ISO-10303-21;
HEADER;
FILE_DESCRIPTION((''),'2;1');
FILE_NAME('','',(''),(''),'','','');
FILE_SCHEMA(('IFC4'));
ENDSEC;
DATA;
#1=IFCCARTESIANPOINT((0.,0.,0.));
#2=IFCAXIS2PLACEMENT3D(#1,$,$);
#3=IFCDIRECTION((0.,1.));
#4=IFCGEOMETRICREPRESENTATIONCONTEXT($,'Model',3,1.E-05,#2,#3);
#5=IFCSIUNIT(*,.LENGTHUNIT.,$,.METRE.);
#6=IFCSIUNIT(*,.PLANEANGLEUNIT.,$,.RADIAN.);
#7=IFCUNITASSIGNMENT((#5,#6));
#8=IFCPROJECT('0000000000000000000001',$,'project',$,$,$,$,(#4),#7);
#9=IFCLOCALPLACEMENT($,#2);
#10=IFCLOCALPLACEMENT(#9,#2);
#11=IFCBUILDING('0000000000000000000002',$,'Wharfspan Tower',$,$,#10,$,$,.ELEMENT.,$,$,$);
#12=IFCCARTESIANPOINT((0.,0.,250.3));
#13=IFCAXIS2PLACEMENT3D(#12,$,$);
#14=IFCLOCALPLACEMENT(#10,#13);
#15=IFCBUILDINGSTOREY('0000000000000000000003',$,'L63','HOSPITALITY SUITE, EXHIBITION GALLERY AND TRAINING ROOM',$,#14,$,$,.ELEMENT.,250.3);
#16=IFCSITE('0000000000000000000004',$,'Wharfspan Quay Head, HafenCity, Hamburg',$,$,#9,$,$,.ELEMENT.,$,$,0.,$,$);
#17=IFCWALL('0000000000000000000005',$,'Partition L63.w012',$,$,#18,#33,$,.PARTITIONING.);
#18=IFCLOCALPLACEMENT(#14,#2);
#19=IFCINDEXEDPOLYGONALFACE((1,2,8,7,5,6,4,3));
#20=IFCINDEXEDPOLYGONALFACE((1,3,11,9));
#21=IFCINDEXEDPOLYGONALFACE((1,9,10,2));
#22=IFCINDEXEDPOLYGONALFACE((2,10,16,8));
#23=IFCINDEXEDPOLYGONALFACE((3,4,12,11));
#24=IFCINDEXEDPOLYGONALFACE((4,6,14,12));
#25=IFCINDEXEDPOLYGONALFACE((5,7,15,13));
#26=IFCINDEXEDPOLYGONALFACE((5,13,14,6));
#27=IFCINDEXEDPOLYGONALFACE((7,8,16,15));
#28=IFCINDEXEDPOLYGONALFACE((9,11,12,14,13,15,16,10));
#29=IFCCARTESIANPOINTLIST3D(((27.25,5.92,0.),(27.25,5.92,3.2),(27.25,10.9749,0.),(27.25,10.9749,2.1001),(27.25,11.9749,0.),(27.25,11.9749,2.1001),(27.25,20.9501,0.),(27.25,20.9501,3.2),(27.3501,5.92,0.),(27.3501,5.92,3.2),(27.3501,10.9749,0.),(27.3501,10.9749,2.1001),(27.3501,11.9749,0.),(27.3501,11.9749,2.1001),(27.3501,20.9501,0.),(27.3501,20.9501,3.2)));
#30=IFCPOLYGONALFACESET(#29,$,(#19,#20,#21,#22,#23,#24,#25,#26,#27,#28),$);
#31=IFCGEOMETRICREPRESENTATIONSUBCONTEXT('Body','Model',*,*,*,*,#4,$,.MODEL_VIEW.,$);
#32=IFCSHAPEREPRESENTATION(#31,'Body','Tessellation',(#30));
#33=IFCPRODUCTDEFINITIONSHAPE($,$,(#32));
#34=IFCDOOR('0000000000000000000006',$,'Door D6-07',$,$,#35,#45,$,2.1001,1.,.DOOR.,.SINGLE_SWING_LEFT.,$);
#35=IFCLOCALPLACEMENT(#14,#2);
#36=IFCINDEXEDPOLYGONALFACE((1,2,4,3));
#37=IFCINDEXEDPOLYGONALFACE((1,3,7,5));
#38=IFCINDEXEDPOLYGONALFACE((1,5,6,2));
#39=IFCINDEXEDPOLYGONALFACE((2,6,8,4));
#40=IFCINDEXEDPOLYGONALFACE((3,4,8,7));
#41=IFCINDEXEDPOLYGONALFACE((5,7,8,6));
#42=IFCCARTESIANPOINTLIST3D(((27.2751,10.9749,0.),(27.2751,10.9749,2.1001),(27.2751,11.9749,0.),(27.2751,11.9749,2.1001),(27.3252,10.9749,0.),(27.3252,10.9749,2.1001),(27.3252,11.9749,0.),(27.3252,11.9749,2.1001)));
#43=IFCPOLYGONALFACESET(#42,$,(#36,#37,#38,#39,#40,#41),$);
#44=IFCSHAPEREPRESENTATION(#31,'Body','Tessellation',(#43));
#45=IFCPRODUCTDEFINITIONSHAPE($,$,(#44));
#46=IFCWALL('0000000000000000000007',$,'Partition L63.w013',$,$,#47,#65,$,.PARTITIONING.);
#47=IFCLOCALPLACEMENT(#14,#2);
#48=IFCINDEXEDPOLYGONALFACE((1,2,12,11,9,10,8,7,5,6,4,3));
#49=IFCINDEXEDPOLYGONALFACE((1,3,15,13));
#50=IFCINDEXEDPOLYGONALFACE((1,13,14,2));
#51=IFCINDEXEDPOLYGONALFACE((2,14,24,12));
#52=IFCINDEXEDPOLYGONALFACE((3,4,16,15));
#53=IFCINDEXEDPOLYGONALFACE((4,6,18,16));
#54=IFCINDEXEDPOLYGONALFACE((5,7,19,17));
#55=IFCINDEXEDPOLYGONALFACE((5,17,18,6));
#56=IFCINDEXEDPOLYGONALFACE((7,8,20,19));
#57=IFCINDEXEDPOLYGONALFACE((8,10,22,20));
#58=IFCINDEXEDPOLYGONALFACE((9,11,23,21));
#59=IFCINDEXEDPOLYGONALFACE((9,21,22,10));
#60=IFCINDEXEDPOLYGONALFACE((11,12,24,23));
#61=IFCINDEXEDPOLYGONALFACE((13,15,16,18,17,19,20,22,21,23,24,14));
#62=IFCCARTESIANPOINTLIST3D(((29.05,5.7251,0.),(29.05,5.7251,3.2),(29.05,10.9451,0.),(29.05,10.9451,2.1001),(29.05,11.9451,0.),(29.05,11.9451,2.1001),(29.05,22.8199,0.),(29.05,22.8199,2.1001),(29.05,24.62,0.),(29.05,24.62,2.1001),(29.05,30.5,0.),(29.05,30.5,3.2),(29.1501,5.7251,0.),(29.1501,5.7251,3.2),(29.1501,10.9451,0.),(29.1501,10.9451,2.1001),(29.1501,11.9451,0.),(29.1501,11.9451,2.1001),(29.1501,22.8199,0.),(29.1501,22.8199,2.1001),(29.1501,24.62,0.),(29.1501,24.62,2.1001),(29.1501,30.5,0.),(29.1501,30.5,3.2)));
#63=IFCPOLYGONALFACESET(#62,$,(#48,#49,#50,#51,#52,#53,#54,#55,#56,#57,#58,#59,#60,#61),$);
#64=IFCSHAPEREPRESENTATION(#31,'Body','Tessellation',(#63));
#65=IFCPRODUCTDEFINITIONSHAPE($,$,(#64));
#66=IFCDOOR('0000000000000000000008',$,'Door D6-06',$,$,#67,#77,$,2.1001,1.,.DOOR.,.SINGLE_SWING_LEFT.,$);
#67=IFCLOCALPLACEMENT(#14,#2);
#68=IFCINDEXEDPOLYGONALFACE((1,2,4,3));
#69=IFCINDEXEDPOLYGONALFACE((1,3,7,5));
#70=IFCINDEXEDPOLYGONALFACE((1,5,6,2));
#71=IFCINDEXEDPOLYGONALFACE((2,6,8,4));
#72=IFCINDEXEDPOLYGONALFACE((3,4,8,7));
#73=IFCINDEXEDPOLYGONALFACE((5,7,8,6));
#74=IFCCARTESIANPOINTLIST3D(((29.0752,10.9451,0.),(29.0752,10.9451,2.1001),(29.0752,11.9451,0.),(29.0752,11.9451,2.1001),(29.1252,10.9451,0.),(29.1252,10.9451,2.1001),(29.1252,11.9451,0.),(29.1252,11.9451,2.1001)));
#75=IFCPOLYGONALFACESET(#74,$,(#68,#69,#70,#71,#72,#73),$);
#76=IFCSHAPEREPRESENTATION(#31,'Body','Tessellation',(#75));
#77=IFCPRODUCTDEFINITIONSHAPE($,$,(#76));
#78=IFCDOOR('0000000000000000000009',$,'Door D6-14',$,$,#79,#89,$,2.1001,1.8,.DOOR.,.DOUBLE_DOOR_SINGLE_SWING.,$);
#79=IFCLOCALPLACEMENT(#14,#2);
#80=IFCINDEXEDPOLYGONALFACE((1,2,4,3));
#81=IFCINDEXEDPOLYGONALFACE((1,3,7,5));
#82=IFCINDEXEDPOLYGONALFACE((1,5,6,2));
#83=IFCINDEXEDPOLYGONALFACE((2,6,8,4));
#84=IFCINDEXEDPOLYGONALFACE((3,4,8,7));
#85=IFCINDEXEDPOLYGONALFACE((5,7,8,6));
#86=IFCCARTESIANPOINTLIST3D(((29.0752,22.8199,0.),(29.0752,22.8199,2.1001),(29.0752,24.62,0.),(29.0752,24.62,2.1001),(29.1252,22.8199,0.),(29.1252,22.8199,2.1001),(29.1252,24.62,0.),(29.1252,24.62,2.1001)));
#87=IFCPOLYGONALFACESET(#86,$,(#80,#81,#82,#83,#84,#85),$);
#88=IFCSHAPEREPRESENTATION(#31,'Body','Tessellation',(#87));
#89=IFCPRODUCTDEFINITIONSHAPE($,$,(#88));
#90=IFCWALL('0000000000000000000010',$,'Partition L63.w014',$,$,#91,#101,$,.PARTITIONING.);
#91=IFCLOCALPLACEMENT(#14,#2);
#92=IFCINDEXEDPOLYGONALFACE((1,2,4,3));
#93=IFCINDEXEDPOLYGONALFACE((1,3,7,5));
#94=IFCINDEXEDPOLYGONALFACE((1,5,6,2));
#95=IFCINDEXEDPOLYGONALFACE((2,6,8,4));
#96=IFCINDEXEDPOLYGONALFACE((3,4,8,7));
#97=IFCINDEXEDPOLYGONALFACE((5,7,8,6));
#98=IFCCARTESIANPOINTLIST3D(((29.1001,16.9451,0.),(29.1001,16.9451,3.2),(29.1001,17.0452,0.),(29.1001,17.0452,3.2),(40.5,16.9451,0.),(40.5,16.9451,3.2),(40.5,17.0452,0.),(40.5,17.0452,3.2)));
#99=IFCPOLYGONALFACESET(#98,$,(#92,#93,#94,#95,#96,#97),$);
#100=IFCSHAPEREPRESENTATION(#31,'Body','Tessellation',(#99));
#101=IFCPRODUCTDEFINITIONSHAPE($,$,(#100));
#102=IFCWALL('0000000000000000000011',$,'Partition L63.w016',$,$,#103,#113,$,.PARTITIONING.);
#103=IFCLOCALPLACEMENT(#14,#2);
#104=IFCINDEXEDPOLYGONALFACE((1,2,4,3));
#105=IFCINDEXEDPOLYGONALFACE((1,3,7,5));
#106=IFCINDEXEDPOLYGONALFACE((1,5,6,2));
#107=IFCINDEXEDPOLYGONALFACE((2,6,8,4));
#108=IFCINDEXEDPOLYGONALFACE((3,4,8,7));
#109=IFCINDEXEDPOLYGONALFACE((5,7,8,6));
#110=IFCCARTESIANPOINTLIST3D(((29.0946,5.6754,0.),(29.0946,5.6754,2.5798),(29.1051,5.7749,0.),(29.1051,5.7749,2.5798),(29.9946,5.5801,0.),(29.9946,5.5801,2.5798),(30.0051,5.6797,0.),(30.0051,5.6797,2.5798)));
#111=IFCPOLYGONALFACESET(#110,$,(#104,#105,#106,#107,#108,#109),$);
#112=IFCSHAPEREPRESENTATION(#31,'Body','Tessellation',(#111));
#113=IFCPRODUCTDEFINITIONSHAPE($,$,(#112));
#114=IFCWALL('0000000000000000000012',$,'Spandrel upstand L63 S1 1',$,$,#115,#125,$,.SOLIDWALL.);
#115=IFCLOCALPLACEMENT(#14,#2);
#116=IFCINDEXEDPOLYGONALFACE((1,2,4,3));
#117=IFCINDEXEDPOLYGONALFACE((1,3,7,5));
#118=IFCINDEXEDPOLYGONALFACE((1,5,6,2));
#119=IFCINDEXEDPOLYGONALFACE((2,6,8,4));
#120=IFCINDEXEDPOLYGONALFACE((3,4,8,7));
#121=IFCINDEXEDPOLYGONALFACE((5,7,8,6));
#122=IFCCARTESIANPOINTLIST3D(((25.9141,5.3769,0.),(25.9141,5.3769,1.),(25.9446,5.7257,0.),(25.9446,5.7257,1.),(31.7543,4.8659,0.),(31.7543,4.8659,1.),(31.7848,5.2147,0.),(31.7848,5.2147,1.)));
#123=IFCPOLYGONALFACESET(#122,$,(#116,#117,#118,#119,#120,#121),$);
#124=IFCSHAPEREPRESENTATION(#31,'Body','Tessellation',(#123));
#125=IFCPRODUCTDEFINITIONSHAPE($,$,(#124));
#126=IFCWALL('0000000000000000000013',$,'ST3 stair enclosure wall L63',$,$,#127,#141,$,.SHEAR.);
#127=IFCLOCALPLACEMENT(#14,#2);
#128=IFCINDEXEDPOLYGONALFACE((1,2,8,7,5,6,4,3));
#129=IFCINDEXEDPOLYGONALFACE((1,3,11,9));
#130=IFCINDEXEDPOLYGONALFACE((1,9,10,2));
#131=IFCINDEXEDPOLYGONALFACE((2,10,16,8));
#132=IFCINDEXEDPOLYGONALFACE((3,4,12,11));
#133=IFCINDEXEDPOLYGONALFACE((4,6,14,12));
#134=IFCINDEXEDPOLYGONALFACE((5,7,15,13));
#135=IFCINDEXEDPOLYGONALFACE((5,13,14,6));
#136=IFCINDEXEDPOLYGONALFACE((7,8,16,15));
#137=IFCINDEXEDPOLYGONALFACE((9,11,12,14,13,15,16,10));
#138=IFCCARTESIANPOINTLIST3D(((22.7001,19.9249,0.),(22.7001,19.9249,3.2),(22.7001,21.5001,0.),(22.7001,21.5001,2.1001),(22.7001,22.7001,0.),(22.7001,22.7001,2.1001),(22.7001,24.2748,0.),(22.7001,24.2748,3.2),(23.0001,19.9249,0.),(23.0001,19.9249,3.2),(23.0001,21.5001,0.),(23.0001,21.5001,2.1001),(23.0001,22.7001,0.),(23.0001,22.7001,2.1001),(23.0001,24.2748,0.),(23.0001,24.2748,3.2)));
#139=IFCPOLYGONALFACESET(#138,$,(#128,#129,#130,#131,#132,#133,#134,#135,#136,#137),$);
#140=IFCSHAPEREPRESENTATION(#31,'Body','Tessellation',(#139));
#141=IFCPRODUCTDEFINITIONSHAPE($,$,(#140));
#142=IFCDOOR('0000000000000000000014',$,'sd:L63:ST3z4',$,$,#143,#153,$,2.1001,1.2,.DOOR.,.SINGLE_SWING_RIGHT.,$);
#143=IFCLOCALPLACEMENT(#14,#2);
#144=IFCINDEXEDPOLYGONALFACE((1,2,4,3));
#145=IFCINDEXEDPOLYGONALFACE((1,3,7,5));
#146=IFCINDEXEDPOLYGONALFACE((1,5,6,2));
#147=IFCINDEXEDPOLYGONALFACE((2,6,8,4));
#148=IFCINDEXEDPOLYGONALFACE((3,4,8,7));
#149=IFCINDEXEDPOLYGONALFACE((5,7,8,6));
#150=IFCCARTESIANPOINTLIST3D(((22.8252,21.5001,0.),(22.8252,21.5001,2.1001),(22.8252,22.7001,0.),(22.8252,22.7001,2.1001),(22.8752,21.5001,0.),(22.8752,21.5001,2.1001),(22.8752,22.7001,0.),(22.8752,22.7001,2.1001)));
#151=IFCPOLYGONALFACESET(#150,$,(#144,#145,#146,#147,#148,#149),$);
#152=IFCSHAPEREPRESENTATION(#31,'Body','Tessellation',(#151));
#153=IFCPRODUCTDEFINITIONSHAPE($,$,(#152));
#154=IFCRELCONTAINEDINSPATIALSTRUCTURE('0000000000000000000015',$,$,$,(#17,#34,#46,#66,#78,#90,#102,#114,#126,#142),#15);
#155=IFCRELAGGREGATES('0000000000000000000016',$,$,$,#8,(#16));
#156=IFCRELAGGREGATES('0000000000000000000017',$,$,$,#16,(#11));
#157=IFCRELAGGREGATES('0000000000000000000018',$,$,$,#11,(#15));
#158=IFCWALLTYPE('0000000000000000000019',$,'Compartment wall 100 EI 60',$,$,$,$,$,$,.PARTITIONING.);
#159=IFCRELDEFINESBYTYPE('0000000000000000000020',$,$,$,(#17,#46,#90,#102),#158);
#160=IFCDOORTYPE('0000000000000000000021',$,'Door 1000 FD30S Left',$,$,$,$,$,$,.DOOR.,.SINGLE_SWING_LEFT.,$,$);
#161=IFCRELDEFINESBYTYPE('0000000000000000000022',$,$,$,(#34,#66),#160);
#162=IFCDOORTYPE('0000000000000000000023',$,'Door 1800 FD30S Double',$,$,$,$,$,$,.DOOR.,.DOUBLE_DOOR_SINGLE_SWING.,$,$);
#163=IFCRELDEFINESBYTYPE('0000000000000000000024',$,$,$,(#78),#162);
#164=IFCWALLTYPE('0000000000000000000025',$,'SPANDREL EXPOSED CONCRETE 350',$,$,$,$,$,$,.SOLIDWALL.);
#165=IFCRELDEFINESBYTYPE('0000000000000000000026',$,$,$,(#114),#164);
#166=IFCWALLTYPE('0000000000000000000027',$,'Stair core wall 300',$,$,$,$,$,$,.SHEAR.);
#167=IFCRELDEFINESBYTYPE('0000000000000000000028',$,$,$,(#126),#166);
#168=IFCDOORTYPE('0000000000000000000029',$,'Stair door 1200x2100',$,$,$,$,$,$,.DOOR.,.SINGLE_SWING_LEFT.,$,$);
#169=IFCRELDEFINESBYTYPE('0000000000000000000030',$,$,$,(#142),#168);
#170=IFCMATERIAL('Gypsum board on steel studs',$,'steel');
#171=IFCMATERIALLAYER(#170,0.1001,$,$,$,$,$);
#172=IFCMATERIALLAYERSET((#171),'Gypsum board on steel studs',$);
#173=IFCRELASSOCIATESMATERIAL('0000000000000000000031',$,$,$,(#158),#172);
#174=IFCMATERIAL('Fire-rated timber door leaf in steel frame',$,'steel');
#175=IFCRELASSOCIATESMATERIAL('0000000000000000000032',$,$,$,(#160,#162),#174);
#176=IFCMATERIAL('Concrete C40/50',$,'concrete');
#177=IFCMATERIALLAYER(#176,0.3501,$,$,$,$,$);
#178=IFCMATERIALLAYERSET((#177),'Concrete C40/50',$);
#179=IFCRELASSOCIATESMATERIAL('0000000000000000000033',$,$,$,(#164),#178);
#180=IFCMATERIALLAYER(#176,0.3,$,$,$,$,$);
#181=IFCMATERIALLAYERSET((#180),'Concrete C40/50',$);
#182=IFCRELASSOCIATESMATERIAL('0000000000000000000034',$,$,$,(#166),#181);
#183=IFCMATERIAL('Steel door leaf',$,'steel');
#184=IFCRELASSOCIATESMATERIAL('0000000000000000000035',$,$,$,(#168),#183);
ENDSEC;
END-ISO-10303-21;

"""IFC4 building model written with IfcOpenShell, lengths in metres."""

from ifc_helpers import new_model, si_unit, direction, frame, frame_2d, origin, place, context, subcontext, project, spatial, rectangle, extrude, material, layer, layer_set, type_object, element, fill, save


model = new_model("IFC4")

# Units and contexts
model_context = context("Model", 3, precision=1e-05, world=origin(), true_north=direction((0.0, 1.0)))
body_context = subcontext(model_context, "Body", "Model", "MODEL_VIEW")
ifc_project = project(units=[si_unit("LENGTHUNIT", "METRE"), si_unit("PLANEANGLEUNIT", "RADIAN")], contexts=[model_context])

# Site, building, storey
site_placement = place(None, origin())
site = spatial("IfcSite", under=ifc_project, at=site_placement, Name="Wharfspan Quay Head, HafenCity, Hamburg", CompositionType="ELEMENT", RefElevation=0.0)
building_placement = place(site_placement, origin())
building = spatial("IfcBuilding", under=site, at=building_placement, Name="Wharfspan Tower", CompositionType="ELEMENT")
storey_placement = place(building_placement, frame((0.0, 0.0, 250.3)))
storey = spatial("IfcBuildingStorey", under=building, at=storey_placement, Name="L63", Description="HOSPITALITY SUITE, EXHIBITION GALLERY AND TRAINING ROOM", CompositionType="ELEMENT", Elevation=250.3)

# Shared definitions
ifc_material_1 = material(Name="Gypsum board on steel studs", Category="steel")
ifc_layer_1 = layer(ifc_material_1, 0.1001)
ifc_layer_set_1 = layer_set([ifc_layer_1], Name="Gypsum board on steel studs")
wall_type_1 = type_object("IfcWallType", Name="Compartment wall 100 EI 60", PredefinedType="PARTITIONING", material=ifc_layer_set_1)
ifc_material_2 = material(Name="Fire-rated timber door leaf in steel frame", Category="steel")

# Wall, opening, door
wall_1_placement = place(storey_placement, frame((27.3, 5.9199, 0.0), z_axis=(0.0, 0.0, 1.0), x_axis=(0.0, 1.0, 0.0)))
wall_1 = element("IfcWall", 1, at=wall_1_placement, inside=storey, type_object=wall_type_1, Name="Partition L63.w012", PredefinedType="PARTITIONING", context=body_context, shape_type="SweptSolid", body=[
    extrude(rectangle(XDim=15.03, YDim=0.1001, at=frame_2d((7.5151, 0.0))), origin(), (0.0, 0.0, 1.0), 3.2),
])
opening_1_placement = place(wall_1_placement, frame((5.0549, 0.0, 0.0)))
opening_1 = element("IfcOpeningElement", 2, at=opening_1_placement, cuts=wall_1, PredefinedType="OPENING", context=body_context, shape_type="SweptSolid", body=[
    extrude(rectangle(XDim=1.0, YDim=2.1001, at=frame_2d((0.5, 1.05))), frame((0.0, 0.0601, 0.0), z_axis=(0.0, -1.0, 0.0), x_axis=(1.0, 0.0, 0.0)), (0.0, 0.0, 1.0), 0.1201),
])
door_type_1 = type_object("IfcDoorType", Name="Door 1000 FD30S Left", OperationType="SINGLE_SWING_LEFT", PredefinedType="DOOR", material=ifc_material_2)
door_1_placement = place(opening_1_placement, origin())
door_1 = element("IfcDoor", 3, at=door_1_placement, inside=storey, type_object=door_type_1, Name="Door D6-07", OperationType="SINGLE_SWING_LEFT", OverallHeight=2.1001, OverallWidth=1.0, PredefinedType="DOOR", context=body_context, shape_type="SweptSolid", body=[
    extrude(rectangle(XDim=1.0, YDim=2.1001, at=frame_2d((0.5, 1.05))), frame((0.0, 0.0249, 0.0), z_axis=(0.0, -1.0, 0.0), x_axis=(1.0, 0.0, 0.0)), (0.0, 0.0, 1.0), 0.05),
])
fill(opening_1, door_1)

# Wall, openings, doors
wall_2_placement = place(storey_placement, frame((29.1001, 5.7251, 0.0), z_axis=(0.0, 0.0, 1.0), x_axis=(0.0, 1.0, 0.0)))
wall_2 = element("IfcWall", 4, at=wall_2_placement, inside=storey, type_object=wall_type_1, Name="Partition L63.w013", PredefinedType="PARTITIONING", context=body_context, shape_type="SweptSolid", body=[
    extrude(rectangle(XDim=24.7749, YDim=0.1001, at=frame_2d((12.3875, 0.0))), origin(), (0.0, 0.0, 1.0), 3.2),
])
opening_2_placement = place(wall_2_placement, frame((5.22, 0.0, 0.0)))
opening_2 = element("IfcOpeningElement", 5, at=opening_2_placement, cuts=wall_2, PredefinedType="OPENING", context=body_context, shape_type="SweptSolid", body=[
    extrude(rectangle(XDim=1.0, YDim=2.1001, at=frame_2d((0.5, 1.05))), frame((0.0, 0.0601, 0.0), z_axis=(0.0, -1.0, 0.0), x_axis=(1.0, 0.0, 0.0)), (0.0, 0.0, 1.0), 0.1201),
])
opening_3_placement = place(wall_2_placement, frame((17.095, 0.0, 0.0)))
opening_3 = element("IfcOpeningElement", 6, at=opening_3_placement, cuts=wall_2, PredefinedType="OPENING", context=body_context, shape_type="SweptSolid", body=[
    extrude(rectangle(XDim=1.8, YDim=2.1001, at=frame_2d((0.8999, 1.05))), frame((0.0, 0.0601, 0.0), z_axis=(0.0, -1.0, 0.0), x_axis=(1.0, 0.0, 0.0)), (0.0, 0.0, 1.0), 0.1201),
])
door_2_placement = place(opening_2_placement, origin())
door_2 = element("IfcDoor", 7, at=door_2_placement, inside=storey, type_object=door_type_1, Name="Door D6-06", OperationType="SINGLE_SWING_LEFT", OverallHeight=2.1001, OverallWidth=1.0, PredefinedType="DOOR", context=body_context, shape_type="SweptSolid", body=[
    extrude(rectangle(XDim=1.0, YDim=2.1001, at=frame_2d((0.5, 1.05))), frame((0.0, 0.0249, 0.0), z_axis=(0.0, -1.0, 0.0), x_axis=(1.0, 0.0, 0.0)), (0.0, 0.0, 1.0), 0.05),
])
fill(opening_2, door_2)
door_type_2 = type_object("IfcDoorType", Name="Door 1800 FD30S Double", OperationType="DOUBLE_DOOR_SINGLE_SWING", PredefinedType="DOOR", material=ifc_material_2)
door_3_placement = place(opening_3_placement, origin())
door_3 = element("IfcDoor", 8, at=door_3_placement, inside=storey, type_object=door_type_2, Name="Door D6-14", OperationType="DOUBLE_DOOR_SINGLE_SWING", OverallHeight=2.1001, OverallWidth=1.8, PredefinedType="DOOR", context=body_context, shape_type="SweptSolid", body=[
    extrude(rectangle(XDim=1.8, YDim=2.1001, at=frame_2d((0.8999, 1.05))), frame((0.0, 0.0249, 0.0), z_axis=(0.0, -1.0, 0.0), x_axis=(1.0, 0.0, 0.0)), (0.0, 0.0, 1.0), 0.05),
])
fill(opening_3, door_3)

# Walls
wall_3_placement = place(storey_placement, frame((29.1001, 16.9951, 0.0), z_axis=(0.0, 0.0, 1.0), x_axis=(1.0, 0.0, 0.0)))
element("IfcWall", 9, at=wall_3_placement, inside=storey, type_object=wall_type_1, Name="Partition L63.w014", PredefinedType="PARTITIONING", context=body_context, shape_type="SweptSolid", body=[
    extrude(rectangle(XDim=11.3999, YDim=0.1001, at=frame_2d((5.7, 0.0))), origin(), (0.0, 0.0, 1.0), 3.2),
])
wall_4_placement = place(storey_placement, frame((30.0, 5.6299, 0.0), z_axis=(0.0, 0.0, 1.0), x_axis=(-0.994445, 0.105218, 0.0)))
element("IfcWall", 10, at=wall_4_placement, inside=storey, type_object=wall_type_1, Name="Partition L63.w016", PredefinedType="PARTITIONING", context=body_context, shape_type="SweptSolid", body=[
    extrude(rectangle(XDim=0.905, YDim=0.1001, at=frame_2d((0.4526, 0.0))), origin(), (0.0, 0.0, 1.0), 2.5798),
])
ifc_material_3 = material(Name="Concrete C40/50", Category="concrete")
ifc_layer_2 = layer(ifc_material_3, 0.3501)
ifc_layer_set_2 = layer_set([ifc_layer_2], Name="Concrete C40/50")
wall_type_2 = type_object("IfcWallType", Name="SPANDREL EXPOSED CONCRETE 350", PredefinedType="SOLIDWALL", material=ifc_layer_set_2)
wall_5_placement = place(storey_placement, frame((25.9294, 5.5513, 0.0), z_axis=(0.0, 0.0, 1.0), x_axis=(0.996198, -0.08716, 0.0)))
element("IfcWall", 11, at=wall_5_placement, inside=storey, type_object=wall_type_2, Name="Spandrel upstand L63 S1 1", PredefinedType="SOLIDWALL", context=body_context, shape_type="SweptSolid", body=[
    extrude(rectangle(XDim=5.8625, YDim=0.3501, at=frame_2d((2.9312, 0.0))), origin(), (0.0, 0.0, 1.0), 1.0),
])

# Wall, opening, door
ifc_layer_3 = layer(ifc_material_3, 0.3)
ifc_layer_set_3 = layer_set([ifc_layer_3], Name="Concrete C40/50")
wall_type_3 = type_object("IfcWallType", Name="Stair core wall 300", PredefinedType="SHEAR", material=ifc_layer_set_3)
wall_6_placement = place(storey_placement, frame((22.8501, 19.925, 0.0), z_axis=(0.0, 0.0, 1.0), x_axis=(0.0, 1.0, 0.0)))
wall_6 = element("IfcWall", 12, at=wall_6_placement, inside=storey, type_object=wall_type_3, Name="ST3 stair enclosure wall L63", PredefinedType="SHEAR", context=body_context, shape_type="SweptSolid", body=[
    extrude(rectangle(XDim=4.3499, YDim=0.3, at=frame_2d((2.1748, 0.0))), origin(), (0.0, 0.0, 1.0), 3.2),
])
opening_4_placement = place(wall_6_placement, frame((1.575, 0.0, 0.0)))
opening_4 = element("IfcOpeningElement", 13, at=opening_4_placement, cuts=wall_6, PredefinedType="OPENING", context=body_context, shape_type="SweptSolid", body=[
    extrude(rectangle(XDim=1.2, YDim=2.1001, at=frame_2d((0.6001, 1.05))), frame((0.0, 0.1599, 0.0), z_axis=(0.0, -1.0, 0.0), x_axis=(1.0, 0.0, 0.0)), (0.0, 0.0, 1.0), 0.3201),
])
ifc_material_4 = material(Name="Steel door leaf", Category="steel")
door_type_3 = type_object("IfcDoorType", Name="Stair door 1200x2100", OperationType="SINGLE_SWING_LEFT", PredefinedType="DOOR", material=ifc_material_4)
door_4_placement = place(opening_4_placement, origin())
door_4 = element("IfcDoor", 14, at=door_4_placement, inside=storey, type_object=door_type_3, Name="sd:L63:ST3z4", OperationType="SINGLE_SWING_RIGHT", OverallHeight=2.1001, OverallWidth=1.2, PredefinedType="DOOR", context=body_context, shape_type="SweptSolid", body=[
    extrude(rectangle(XDim=1.2, YDim=2.1001, at=frame_2d((0.6001, 1.05))), frame((0.0, 0.0249, 0.0), z_axis=(0.0, -1.0, 0.0), x_axis=(1.0, 0.0, 0.0)), (0.0, 0.0, 1.0), 0.05),
])
fill(opening_4, door_4)

save(model, "model.ifc")
